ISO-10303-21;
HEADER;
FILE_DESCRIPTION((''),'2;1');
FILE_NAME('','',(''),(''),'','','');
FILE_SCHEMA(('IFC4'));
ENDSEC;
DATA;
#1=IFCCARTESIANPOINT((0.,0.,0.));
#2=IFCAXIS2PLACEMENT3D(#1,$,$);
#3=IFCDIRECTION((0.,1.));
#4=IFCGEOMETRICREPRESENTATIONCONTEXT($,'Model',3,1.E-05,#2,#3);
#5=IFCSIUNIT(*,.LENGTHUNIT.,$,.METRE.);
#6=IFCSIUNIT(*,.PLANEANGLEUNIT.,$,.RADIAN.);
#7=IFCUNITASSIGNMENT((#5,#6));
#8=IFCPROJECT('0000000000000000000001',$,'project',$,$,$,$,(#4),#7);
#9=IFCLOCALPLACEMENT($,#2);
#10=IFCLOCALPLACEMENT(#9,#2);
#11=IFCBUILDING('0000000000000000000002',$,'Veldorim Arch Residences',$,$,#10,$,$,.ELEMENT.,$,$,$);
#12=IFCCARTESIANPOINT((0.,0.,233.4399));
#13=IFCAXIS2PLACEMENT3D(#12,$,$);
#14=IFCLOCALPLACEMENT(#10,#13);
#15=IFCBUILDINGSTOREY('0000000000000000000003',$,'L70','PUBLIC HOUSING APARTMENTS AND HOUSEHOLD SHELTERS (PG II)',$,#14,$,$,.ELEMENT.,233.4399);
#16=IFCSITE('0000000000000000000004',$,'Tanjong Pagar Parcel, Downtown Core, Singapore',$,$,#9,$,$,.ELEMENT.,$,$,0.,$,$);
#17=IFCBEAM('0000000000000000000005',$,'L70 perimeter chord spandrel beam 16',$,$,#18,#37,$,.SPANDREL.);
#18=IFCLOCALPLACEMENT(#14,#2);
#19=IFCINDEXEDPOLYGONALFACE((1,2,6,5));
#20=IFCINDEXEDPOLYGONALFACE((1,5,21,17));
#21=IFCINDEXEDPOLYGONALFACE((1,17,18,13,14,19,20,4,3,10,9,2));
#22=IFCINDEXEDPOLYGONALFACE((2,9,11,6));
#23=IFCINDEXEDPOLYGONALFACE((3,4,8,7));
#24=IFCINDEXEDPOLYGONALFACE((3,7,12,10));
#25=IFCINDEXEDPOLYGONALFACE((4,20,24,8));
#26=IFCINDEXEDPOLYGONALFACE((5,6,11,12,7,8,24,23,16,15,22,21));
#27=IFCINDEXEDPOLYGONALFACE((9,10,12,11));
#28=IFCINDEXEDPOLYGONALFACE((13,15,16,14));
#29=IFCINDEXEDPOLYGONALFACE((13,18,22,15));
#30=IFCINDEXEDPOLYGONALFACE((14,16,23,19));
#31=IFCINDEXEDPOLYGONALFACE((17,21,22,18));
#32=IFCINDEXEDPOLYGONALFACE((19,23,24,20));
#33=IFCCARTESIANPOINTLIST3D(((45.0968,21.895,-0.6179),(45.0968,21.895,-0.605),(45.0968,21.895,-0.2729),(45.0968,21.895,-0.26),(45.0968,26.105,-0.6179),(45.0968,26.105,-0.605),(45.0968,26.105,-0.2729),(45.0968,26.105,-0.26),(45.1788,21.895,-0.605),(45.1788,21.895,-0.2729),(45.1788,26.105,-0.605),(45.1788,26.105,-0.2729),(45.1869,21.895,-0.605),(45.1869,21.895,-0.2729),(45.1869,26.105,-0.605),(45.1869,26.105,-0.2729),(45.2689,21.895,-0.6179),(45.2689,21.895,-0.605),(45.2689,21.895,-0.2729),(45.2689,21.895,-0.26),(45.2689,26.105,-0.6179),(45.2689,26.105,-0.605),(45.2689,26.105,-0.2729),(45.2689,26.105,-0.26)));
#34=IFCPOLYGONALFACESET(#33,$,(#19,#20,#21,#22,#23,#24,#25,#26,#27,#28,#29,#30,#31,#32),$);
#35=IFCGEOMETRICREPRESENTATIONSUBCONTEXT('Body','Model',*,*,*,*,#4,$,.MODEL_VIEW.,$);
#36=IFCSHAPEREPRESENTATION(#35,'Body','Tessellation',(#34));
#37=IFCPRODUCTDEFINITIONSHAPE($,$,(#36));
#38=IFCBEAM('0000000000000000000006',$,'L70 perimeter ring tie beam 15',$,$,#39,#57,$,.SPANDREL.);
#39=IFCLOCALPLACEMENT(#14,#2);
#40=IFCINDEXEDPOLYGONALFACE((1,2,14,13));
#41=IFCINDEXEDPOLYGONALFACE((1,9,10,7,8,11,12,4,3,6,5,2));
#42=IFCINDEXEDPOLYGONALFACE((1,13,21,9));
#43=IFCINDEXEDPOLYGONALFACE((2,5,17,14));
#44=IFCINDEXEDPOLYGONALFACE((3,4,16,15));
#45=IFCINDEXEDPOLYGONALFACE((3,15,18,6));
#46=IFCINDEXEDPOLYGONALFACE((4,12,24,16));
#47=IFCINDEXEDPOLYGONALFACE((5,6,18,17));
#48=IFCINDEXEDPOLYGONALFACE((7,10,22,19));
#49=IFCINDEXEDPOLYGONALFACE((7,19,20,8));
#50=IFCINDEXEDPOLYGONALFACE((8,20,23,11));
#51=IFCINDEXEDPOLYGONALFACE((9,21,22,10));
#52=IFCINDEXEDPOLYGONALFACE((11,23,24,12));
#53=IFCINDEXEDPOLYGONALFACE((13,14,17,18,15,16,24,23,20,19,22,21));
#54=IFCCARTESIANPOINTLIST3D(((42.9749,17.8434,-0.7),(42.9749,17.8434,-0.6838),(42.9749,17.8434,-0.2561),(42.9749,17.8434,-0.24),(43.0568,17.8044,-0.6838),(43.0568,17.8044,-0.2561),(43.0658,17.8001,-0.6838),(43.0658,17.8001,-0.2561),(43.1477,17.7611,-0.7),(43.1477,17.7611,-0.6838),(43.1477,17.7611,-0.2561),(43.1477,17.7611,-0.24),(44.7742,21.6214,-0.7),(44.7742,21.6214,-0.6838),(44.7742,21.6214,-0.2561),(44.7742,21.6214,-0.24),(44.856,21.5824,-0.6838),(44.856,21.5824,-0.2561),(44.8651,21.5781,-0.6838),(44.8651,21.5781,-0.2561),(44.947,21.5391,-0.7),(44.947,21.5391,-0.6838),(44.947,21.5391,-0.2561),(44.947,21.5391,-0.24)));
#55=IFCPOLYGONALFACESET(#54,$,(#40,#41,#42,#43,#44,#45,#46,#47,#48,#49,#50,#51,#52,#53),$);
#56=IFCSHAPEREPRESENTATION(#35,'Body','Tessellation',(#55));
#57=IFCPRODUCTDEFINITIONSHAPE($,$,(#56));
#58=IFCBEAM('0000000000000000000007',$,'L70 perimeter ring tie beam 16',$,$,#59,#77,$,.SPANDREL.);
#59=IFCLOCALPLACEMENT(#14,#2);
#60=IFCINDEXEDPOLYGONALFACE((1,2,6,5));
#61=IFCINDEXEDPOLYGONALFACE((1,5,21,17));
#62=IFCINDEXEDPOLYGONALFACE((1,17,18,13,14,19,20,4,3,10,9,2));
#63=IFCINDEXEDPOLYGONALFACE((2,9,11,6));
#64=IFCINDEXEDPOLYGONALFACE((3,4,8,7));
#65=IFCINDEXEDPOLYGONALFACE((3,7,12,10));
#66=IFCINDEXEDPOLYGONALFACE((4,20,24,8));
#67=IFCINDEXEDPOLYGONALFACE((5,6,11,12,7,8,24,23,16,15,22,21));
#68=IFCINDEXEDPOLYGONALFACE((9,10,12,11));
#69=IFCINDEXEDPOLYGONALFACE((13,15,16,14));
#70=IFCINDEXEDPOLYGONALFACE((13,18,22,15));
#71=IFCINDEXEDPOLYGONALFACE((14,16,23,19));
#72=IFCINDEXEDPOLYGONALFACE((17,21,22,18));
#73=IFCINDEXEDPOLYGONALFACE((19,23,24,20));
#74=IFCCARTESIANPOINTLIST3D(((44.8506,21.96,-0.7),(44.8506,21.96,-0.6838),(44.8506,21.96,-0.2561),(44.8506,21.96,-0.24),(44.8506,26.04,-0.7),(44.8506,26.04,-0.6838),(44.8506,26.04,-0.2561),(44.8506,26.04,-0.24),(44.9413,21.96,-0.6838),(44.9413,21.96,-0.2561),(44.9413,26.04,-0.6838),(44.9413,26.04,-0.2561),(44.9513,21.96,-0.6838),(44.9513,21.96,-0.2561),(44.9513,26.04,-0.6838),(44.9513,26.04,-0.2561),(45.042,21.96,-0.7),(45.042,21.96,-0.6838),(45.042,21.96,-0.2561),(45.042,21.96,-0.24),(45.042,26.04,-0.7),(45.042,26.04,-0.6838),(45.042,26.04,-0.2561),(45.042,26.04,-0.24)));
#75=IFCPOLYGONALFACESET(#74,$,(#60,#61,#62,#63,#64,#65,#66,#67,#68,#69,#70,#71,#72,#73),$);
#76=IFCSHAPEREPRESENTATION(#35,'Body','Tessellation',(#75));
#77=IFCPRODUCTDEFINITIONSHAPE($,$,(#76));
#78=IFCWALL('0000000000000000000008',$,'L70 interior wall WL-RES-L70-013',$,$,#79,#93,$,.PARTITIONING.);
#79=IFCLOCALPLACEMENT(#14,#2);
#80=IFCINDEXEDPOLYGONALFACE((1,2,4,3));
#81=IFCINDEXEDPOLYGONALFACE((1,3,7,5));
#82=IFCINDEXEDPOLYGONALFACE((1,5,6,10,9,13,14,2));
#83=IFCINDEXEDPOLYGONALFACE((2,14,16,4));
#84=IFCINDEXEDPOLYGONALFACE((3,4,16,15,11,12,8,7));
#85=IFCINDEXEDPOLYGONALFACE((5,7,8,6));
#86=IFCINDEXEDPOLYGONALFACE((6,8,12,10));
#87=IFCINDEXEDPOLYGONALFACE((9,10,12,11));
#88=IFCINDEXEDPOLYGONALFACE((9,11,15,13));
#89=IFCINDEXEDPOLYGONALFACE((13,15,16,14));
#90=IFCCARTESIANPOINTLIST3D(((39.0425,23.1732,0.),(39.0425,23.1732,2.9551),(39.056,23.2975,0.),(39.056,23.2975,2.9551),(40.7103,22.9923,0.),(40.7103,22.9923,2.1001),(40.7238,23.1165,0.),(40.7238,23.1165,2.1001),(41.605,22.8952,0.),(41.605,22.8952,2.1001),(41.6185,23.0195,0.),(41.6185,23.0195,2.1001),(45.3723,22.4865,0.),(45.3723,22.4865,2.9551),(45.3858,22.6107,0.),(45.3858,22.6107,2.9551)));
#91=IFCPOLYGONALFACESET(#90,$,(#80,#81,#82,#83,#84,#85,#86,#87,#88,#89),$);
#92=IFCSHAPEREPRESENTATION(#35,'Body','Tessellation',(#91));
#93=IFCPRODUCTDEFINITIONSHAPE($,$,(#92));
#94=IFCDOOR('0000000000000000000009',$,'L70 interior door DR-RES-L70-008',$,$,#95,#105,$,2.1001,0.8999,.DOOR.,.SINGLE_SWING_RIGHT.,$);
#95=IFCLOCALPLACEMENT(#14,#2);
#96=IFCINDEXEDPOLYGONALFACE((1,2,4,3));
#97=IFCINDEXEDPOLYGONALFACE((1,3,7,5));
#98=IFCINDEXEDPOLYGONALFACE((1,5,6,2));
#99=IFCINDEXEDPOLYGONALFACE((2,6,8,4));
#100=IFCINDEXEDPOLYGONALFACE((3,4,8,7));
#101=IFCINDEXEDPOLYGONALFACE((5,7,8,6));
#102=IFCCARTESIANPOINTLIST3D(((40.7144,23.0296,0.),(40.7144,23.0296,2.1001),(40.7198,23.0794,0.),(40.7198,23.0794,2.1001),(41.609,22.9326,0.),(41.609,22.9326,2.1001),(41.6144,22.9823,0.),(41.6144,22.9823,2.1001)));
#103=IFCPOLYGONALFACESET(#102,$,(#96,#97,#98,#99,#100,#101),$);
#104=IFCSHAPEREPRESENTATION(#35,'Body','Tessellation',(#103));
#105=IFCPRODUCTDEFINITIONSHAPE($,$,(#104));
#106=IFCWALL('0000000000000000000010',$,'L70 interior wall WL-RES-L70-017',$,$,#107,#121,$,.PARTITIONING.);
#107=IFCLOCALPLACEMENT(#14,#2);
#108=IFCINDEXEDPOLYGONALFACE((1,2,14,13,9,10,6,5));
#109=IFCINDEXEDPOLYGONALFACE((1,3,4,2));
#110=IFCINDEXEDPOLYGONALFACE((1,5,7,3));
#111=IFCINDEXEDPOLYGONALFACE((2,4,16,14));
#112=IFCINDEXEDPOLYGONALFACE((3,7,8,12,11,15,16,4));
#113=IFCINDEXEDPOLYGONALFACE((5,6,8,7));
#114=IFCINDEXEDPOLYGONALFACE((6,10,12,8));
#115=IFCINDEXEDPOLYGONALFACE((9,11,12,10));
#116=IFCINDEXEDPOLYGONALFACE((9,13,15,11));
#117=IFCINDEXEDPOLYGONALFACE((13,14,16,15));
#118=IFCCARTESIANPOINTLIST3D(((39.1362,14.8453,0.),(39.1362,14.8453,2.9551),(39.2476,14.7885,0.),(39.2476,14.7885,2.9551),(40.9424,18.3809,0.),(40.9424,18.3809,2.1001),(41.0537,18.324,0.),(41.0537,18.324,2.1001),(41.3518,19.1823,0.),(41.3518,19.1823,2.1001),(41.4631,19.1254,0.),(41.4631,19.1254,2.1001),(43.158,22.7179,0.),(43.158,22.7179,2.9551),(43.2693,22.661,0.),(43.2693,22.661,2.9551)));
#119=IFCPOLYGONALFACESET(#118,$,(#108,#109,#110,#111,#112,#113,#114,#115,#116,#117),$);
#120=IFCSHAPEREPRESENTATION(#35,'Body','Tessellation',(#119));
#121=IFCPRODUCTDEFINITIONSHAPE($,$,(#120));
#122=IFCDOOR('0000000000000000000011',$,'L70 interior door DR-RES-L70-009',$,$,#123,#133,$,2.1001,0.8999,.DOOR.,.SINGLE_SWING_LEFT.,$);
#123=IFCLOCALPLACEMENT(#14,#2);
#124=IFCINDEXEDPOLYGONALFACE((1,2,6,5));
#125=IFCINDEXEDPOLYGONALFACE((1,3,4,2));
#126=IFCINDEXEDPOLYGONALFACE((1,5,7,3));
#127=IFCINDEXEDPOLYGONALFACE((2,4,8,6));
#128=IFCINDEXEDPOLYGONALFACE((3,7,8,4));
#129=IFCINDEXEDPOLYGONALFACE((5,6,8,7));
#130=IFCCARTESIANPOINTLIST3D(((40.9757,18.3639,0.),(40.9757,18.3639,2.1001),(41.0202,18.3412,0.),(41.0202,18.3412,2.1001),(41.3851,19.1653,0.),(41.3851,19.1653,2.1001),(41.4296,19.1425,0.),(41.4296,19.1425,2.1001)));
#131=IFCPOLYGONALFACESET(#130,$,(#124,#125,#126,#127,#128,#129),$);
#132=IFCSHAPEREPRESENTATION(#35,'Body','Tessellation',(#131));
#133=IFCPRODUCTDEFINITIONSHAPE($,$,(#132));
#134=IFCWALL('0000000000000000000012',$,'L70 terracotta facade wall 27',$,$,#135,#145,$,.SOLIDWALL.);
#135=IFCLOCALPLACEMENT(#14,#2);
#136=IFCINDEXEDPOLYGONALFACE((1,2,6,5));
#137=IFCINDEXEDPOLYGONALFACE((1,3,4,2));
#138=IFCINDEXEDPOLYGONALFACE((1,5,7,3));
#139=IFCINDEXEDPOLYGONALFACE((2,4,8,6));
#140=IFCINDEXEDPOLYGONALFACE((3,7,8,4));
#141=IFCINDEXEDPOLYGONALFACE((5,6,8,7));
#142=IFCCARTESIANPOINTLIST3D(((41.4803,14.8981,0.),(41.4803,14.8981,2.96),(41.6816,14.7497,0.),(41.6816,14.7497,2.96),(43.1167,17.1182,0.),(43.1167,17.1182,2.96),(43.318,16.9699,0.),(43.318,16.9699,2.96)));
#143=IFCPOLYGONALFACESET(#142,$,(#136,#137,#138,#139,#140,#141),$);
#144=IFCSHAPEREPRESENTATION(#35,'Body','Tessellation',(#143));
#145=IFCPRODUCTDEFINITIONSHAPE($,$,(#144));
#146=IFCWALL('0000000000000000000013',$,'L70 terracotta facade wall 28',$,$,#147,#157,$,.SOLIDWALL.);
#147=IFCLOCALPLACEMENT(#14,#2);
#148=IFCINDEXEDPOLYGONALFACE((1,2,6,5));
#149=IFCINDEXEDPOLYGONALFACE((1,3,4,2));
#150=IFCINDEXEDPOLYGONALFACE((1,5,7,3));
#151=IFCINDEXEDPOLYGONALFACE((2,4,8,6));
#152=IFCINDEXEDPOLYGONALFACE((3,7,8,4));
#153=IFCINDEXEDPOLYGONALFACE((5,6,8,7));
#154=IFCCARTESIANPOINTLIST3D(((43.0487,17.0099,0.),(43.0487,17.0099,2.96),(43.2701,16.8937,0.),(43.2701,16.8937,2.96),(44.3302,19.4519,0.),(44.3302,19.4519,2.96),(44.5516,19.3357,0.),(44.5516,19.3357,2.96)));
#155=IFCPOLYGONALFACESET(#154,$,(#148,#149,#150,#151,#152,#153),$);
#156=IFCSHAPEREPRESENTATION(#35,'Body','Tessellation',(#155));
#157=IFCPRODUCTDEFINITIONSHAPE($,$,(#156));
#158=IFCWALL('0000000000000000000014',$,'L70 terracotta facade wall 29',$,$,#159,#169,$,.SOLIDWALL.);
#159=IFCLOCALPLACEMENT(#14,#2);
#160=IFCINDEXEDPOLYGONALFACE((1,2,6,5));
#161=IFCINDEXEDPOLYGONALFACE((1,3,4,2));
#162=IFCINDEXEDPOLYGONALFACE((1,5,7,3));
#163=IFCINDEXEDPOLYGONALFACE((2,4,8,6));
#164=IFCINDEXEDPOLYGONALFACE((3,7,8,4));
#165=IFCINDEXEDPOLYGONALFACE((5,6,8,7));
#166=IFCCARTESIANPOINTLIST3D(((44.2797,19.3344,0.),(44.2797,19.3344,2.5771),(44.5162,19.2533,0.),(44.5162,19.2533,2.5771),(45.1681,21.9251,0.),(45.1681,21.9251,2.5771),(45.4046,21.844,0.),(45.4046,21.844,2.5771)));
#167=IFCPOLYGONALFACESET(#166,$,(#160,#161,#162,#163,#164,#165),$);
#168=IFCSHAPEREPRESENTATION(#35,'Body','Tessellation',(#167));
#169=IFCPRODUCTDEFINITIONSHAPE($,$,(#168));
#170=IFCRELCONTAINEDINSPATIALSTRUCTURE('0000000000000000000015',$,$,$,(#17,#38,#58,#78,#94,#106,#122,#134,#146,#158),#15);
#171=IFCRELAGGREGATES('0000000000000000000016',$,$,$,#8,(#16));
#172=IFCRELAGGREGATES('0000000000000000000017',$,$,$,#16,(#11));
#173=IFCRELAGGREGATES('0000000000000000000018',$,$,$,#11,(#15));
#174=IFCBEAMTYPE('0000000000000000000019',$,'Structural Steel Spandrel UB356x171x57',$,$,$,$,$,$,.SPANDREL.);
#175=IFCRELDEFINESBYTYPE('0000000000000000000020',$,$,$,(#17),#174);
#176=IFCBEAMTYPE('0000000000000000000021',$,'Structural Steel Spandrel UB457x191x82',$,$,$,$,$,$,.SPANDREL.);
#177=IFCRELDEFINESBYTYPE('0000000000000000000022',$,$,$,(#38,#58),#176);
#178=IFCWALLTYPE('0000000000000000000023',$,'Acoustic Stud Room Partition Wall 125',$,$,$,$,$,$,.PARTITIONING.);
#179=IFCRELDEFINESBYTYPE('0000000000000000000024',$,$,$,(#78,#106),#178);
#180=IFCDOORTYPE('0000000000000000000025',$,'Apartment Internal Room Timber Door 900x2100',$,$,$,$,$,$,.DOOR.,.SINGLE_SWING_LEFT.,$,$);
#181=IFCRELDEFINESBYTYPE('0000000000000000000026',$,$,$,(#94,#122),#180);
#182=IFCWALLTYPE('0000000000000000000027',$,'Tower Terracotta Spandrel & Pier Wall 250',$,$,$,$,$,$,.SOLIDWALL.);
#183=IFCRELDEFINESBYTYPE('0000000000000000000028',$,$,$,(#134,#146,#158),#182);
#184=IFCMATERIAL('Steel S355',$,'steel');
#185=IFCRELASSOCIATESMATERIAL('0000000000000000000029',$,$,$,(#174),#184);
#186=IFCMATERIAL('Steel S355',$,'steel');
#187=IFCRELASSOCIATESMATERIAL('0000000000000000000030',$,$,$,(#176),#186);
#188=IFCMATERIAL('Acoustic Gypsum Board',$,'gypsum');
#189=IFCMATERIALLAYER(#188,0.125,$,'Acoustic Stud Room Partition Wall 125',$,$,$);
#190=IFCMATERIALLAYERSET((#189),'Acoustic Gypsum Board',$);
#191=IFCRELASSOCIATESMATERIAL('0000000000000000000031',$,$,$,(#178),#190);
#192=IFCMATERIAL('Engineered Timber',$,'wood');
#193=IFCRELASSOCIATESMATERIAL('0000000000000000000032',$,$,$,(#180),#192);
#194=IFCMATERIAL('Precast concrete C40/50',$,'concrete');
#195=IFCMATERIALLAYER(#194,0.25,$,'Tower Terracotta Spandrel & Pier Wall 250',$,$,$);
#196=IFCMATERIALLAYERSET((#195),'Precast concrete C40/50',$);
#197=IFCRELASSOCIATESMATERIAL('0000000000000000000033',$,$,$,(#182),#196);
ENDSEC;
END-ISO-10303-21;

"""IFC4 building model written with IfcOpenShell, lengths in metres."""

from ifc_helpers import new_model, si_unit, direction, frame, frame_2d, origin, origin_2d, place, context, subcontext, project, spatial, rectangle, i_section, extrude, material, layer, layer_set, material_profile, profile_set, type_object, element, fill, save


model = new_model("IFC4")

# Units and contexts
model_context = context("Model", 3, precision=1e-05, world=origin(), true_north=direction((0.0, 1.0)))
body_context = subcontext(model_context, "Body", "Model", "MODEL_VIEW")
ifc_project = project(units=[si_unit("LENGTHUNIT", "METRE"), si_unit("PLANEANGLEUNIT", "RADIAN")], contexts=[model_context])

# Site, building, storey
site_placement = place(None, origin())
site = spatial("IfcSite", under=ifc_project, at=site_placement, Name="Tanjong Pagar Parcel, Downtown Core, Singapore", CompositionType="ELEMENT", RefElevation=0.0)
building_placement = place(site_placement, origin())
building = spatial("IfcBuilding", under=site, at=building_placement, Name="Veldorim Arch Residences", CompositionType="ELEMENT")
storey_placement = place(building_placement, frame((0.0, 0.0, 233.4399)))
storey = spatial("IfcBuildingStorey", under=building, at=storey_placement, Name="L70", Description="PUBLIC HOUSING APARTMENTS AND HOUSEHOLD SHELTERS (PG II)", CompositionType="ELEMENT", Elevation=233.4399)

# Beams
ifc_material_1 = material(Name="Steel S355", Category="steel")
ifc_material_profile_1 = material_profile(ifc_material_1, i_section(OverallWidth=0.1721, OverallDepth=0.3579, WebThickness=0.0081, FlangeThickness=0.0129, at=origin_2d()), Name="UB356x171x57")
ifc_profile_set_1 = profile_set([ifc_material_profile_1], Name="Steel S355")
beam_type_1 = type_object("IfcBeamType", Name="Structural Steel Spandrel UB356x171x57", PredefinedType="SPANDREL", material=ifc_profile_set_1)
beam_1_placement = place(storey_placement, frame((45.1829, 21.895, -0.439), z_axis=(0.0, 1.0, 0.0), x_axis=(-1.0, 0.0, 0.0)))
element("IfcBeam", 1, at=beam_1_placement, inside=storey, type_object=beam_type_1, Name="L70 perimeter chord spandrel beam 16", PredefinedType="SPANDREL", context=body_context, shape_type="SweptSolid", body=[
    extrude(i_section(OverallWidth=0.1721, OverallDepth=0.3579, WebThickness=0.0081, FlangeThickness=0.0129, at=origin_2d()), origin(), (0.0, 0.0, 1.0), 4.21),
])
ifc_material_2 = material(Name="Steel S355", Category="steel")
ifc_material_profile_2 = material_profile(ifc_material_2, i_section(OverallWidth=0.1914, OverallDepth=0.46, WebThickness=0.01, FlangeThickness=0.0161, at=origin_2d()), Name="UB457x191x82")
ifc_profile_set_2 = profile_set([ifc_material_profile_2], Name="Steel S355")
beam_type_2 = type_object("IfcBeamType", Name="Structural Steel Spandrel UB457x191x82", PredefinedType="SPANDREL", material=ifc_profile_set_2)
beam_2_placement = place(storey_placement, frame((43.0613, 17.8022, -0.47), z_axis=(0.429979, 0.902839, 0.0), x_axis=(-0.902839, 0.429979, 0.0)))
element("IfcBeam", 2, at=beam_2_placement, inside=storey, type_object=beam_type_2, Name="L70 perimeter ring tie beam 15", PredefinedType="SPANDREL", context=body_context, shape_type="SweptSolid", body=[
    extrude(i_section(OverallWidth=0.1914, OverallDepth=0.46, WebThickness=0.01, FlangeThickness=0.0161, at=origin_2d()), origin(), (0.0, 0.0, 1.0), 4.1846),
])
beam_3_placement = place(storey_placement, frame((44.9463, 21.96, -0.47), z_axis=(0.0, 1.0, 0.0), x_axis=(-1.0, 0.0, 0.0)))
element("IfcBeam", 3, at=beam_3_placement, inside=storey, type_object=beam_type_2, Name="L70 perimeter ring tie beam 16", PredefinedType="SPANDREL", context=body_context, shape_type="SweptSolid", body=[
    extrude(i_section(OverallWidth=0.1914, OverallDepth=0.46, WebThickness=0.01, FlangeThickness=0.0161, at=origin_2d()), origin(), (0.0, 0.0, 1.0), 4.0801),
])

# Walls, openings, doors
ifc_material_3 = material(Name="Acoustic Gypsum Board", Category="gypsum")
ifc_layer_1 = layer(ifc_material_3, 0.125, Name="Acoustic Stud Room Partition Wall 125")
ifc_layer_set_1 = layer_set([ifc_layer_1], Name="Acoustic Gypsum Board")
wall_type_1 = type_object("IfcWallType", Name="Acoustic Stud Room Partition Wall 125", PredefinedType="PARTITIONING", material=ifc_layer_set_1)
wall_1_placement = place(storey_placement, frame((45.3792, 22.5486, 0.0), z_axis=(0.0, 0.0, 1.0), x_axis=(-0.994166, 0.107864, 0.0)))
wall_1 = element("IfcWall", 4, at=wall_1_placement, inside=storey, type_object=wall_type_1, Name="L70 interior wall WL-RES-L70-013", PredefinedType="PARTITIONING", context=body_context, shape_type="SweptSolid", body=[
    extrude(rectangle(XDim=6.3669, YDim=0.125, at=frame_2d((3.1836, 0.0))), origin(), (0.0, 0.0, 1.0), 2.9551),
])
opening_1_placement = place(wall_1_placement, frame((3.7896, 0.0, 0.0)))
opening_1 = element("IfcOpeningElement", 5, at=opening_1_placement, cuts=wall_1, PredefinedType="OPENING", context=body_context, shape_type="SweptSolid", body=[
    extrude(rectangle(XDim=0.8999, YDim=2.1001, at=frame_2d((0.45, 1.05))), frame((0.0, 0.0725, 0.0), z_axis=(0.0, -1.0, 0.0), x_axis=(1.0, 0.0, 0.0)), (0.0, 0.0, 1.0), 0.145),
])
ifc_material_4 = material(Name="Engineered Timber", Category="wood")
door_type = type_object("IfcDoorType", Name="Apartment Internal Room Timber Door 900x2100", OperationType="SINGLE_SWING_LEFT", PredefinedType="DOOR", material=ifc_material_4)
door_1_placement = place(opening_1_placement, origin())
door_1 = element("IfcDoor", 6, at=door_1_placement, inside=storey, type_object=door_type, Name="L70 interior door DR-RES-L70-008", OperationType="SINGLE_SWING_RIGHT", OverallHeight=2.1001, OverallWidth=0.8999, PredefinedType="DOOR", context=body_context, shape_type="SweptSolid", body=[
    extrude(rectangle(XDim=0.8999, YDim=2.1001, at=frame_2d((0.45, 1.05))), frame((0.0, 0.0249, 0.0), z_axis=(0.0, -1.0, 0.0), x_axis=(1.0, 0.0, 0.0)), (0.0, 0.0, 1.0), 0.05),
])
fill(opening_1, door_1)
wall_2_placement = place(storey_placement, frame((43.2136, 22.6895, 0.0), z_axis=(0.0, 0.0, 1.0), x_axis=(-0.45493, -0.890527, 0.0)))
wall_2 = element("IfcWall", 7, at=wall_2_placement, inside=storey, type_object=wall_type_1, Name="L70 interior wall WL-RES-L70-017", PredefinedType="PARTITIONING", context=body_context, shape_type="SweptSolid", body=[
    extrude(rectangle(XDim=8.8403, YDim=0.125, at=frame_2d((4.4202, 0.0))), origin(), (0.0, 0.0, 1.0), 2.9551),
])
opening_2_placement = place(wall_2_placement, frame((3.9702, 0.0, 0.0)))
opening_2 = element("IfcOpeningElement", 8, at=opening_2_placement, cuts=wall_2, PredefinedType="OPENING", context=body_context, shape_type="SweptSolid", body=[
    extrude(rectangle(XDim=0.8999, YDim=2.1001, at=frame_2d((0.45, 1.05))), frame((0.0, 0.0725, 0.0), z_axis=(0.0, -1.0, 0.0), x_axis=(1.0, 0.0, 0.0)), (0.0, 0.0, 1.0), 0.145),
])
door_2_placement = place(opening_2_placement, origin())
door_2 = element("IfcDoor", 9, at=door_2_placement, inside=storey, type_object=door_type, Name="L70 interior door DR-RES-L70-009", OperationType="SINGLE_SWING_LEFT", OverallHeight=2.1001, OverallWidth=0.8999, PredefinedType="DOOR", context=body_context, shape_type="SweptSolid", body=[
    extrude(rectangle(XDim=0.8999, YDim=2.1001, at=frame_2d((0.45, 1.05))), frame((0.0, 0.0249, 0.0), z_axis=(0.0, -1.0, 0.0), x_axis=(1.0, 0.0, 0.0)), (0.0, 0.0, 1.0), 0.05),
])
fill(opening_2, door_2)

# Walls
ifc_material_5 = material(Name="Precast concrete C40/50", Category="concrete")
ifc_layer_2 = layer(ifc_material_5, 0.25, Name="Tower Terracotta Spandrel & Pier Wall 250")
ifc_layer_set_2 = layer_set([ifc_layer_2], Name="Precast concrete C40/50")
wall_type_2 = type_object("IfcWallType", Name="Tower Terracotta Spandrel & Pier Wall 250", PredefinedType="SOLIDWALL", material=ifc_layer_set_2)
wall_3_placement = place(storey_placement, frame((43.2173, 17.0439, 0.0), z_axis=(0.0, 0.0, 1.0), x_axis=(-0.593323, -0.804965, 0.0)))
element("IfcWall", 10, at=wall_3_placement, inside=storey, type_object=wall_type_2, Name="L70 terracotta facade wall 27", PredefinedType="SOLIDWALL", context=body_context, shape_type="SweptSolid", body=[
    extrude(rectangle(XDim=2.7581, YDim=0.25, at=frame_2d((1.3789, 0.0))), origin(), (0.0, 0.0, 1.0), 2.96),
])
wall_4_placement = place(storey_placement, frame((44.4409, 19.3938, 0.0), z_axis=(0.0, 0.0, 1.0), x_axis=(-0.464692, -0.885473, 0.0)))
element("IfcWall", 11, at=wall_4_placement, inside=storey, type_object=wall_type_2, Name="L70 terracotta facade wall 28", PredefinedType="SOLIDWALL", context=body_context, shape_type="SweptSolid", body=[
    extrude(rectangle(XDim=2.7578, YDim=0.25, at=frame_2d((1.3789, 0.0))), origin(), (0.0, 0.0, 1.0), 2.96),
])
wall_5_placement = place(storey_placement, frame((45.2864, 21.8845, 0.0), z_axis=(0.0, 0.0, 1.0), x_axis=(-0.3244, -0.94592, 0.0)))
element("IfcWall", 12, at=wall_5_placement, inside=storey, type_object=wall_type_2, Name="L70 terracotta facade wall 29", PredefinedType="SOLIDWALL", context=body_context, shape_type="SweptSolid", body=[
    extrude(rectangle(XDim=2.7388, YDim=0.25, at=frame_2d((1.3694, 0.0))), origin(), (0.0, 0.0, 1.0), 2.5771),
])

save(model, "model.ifc")
